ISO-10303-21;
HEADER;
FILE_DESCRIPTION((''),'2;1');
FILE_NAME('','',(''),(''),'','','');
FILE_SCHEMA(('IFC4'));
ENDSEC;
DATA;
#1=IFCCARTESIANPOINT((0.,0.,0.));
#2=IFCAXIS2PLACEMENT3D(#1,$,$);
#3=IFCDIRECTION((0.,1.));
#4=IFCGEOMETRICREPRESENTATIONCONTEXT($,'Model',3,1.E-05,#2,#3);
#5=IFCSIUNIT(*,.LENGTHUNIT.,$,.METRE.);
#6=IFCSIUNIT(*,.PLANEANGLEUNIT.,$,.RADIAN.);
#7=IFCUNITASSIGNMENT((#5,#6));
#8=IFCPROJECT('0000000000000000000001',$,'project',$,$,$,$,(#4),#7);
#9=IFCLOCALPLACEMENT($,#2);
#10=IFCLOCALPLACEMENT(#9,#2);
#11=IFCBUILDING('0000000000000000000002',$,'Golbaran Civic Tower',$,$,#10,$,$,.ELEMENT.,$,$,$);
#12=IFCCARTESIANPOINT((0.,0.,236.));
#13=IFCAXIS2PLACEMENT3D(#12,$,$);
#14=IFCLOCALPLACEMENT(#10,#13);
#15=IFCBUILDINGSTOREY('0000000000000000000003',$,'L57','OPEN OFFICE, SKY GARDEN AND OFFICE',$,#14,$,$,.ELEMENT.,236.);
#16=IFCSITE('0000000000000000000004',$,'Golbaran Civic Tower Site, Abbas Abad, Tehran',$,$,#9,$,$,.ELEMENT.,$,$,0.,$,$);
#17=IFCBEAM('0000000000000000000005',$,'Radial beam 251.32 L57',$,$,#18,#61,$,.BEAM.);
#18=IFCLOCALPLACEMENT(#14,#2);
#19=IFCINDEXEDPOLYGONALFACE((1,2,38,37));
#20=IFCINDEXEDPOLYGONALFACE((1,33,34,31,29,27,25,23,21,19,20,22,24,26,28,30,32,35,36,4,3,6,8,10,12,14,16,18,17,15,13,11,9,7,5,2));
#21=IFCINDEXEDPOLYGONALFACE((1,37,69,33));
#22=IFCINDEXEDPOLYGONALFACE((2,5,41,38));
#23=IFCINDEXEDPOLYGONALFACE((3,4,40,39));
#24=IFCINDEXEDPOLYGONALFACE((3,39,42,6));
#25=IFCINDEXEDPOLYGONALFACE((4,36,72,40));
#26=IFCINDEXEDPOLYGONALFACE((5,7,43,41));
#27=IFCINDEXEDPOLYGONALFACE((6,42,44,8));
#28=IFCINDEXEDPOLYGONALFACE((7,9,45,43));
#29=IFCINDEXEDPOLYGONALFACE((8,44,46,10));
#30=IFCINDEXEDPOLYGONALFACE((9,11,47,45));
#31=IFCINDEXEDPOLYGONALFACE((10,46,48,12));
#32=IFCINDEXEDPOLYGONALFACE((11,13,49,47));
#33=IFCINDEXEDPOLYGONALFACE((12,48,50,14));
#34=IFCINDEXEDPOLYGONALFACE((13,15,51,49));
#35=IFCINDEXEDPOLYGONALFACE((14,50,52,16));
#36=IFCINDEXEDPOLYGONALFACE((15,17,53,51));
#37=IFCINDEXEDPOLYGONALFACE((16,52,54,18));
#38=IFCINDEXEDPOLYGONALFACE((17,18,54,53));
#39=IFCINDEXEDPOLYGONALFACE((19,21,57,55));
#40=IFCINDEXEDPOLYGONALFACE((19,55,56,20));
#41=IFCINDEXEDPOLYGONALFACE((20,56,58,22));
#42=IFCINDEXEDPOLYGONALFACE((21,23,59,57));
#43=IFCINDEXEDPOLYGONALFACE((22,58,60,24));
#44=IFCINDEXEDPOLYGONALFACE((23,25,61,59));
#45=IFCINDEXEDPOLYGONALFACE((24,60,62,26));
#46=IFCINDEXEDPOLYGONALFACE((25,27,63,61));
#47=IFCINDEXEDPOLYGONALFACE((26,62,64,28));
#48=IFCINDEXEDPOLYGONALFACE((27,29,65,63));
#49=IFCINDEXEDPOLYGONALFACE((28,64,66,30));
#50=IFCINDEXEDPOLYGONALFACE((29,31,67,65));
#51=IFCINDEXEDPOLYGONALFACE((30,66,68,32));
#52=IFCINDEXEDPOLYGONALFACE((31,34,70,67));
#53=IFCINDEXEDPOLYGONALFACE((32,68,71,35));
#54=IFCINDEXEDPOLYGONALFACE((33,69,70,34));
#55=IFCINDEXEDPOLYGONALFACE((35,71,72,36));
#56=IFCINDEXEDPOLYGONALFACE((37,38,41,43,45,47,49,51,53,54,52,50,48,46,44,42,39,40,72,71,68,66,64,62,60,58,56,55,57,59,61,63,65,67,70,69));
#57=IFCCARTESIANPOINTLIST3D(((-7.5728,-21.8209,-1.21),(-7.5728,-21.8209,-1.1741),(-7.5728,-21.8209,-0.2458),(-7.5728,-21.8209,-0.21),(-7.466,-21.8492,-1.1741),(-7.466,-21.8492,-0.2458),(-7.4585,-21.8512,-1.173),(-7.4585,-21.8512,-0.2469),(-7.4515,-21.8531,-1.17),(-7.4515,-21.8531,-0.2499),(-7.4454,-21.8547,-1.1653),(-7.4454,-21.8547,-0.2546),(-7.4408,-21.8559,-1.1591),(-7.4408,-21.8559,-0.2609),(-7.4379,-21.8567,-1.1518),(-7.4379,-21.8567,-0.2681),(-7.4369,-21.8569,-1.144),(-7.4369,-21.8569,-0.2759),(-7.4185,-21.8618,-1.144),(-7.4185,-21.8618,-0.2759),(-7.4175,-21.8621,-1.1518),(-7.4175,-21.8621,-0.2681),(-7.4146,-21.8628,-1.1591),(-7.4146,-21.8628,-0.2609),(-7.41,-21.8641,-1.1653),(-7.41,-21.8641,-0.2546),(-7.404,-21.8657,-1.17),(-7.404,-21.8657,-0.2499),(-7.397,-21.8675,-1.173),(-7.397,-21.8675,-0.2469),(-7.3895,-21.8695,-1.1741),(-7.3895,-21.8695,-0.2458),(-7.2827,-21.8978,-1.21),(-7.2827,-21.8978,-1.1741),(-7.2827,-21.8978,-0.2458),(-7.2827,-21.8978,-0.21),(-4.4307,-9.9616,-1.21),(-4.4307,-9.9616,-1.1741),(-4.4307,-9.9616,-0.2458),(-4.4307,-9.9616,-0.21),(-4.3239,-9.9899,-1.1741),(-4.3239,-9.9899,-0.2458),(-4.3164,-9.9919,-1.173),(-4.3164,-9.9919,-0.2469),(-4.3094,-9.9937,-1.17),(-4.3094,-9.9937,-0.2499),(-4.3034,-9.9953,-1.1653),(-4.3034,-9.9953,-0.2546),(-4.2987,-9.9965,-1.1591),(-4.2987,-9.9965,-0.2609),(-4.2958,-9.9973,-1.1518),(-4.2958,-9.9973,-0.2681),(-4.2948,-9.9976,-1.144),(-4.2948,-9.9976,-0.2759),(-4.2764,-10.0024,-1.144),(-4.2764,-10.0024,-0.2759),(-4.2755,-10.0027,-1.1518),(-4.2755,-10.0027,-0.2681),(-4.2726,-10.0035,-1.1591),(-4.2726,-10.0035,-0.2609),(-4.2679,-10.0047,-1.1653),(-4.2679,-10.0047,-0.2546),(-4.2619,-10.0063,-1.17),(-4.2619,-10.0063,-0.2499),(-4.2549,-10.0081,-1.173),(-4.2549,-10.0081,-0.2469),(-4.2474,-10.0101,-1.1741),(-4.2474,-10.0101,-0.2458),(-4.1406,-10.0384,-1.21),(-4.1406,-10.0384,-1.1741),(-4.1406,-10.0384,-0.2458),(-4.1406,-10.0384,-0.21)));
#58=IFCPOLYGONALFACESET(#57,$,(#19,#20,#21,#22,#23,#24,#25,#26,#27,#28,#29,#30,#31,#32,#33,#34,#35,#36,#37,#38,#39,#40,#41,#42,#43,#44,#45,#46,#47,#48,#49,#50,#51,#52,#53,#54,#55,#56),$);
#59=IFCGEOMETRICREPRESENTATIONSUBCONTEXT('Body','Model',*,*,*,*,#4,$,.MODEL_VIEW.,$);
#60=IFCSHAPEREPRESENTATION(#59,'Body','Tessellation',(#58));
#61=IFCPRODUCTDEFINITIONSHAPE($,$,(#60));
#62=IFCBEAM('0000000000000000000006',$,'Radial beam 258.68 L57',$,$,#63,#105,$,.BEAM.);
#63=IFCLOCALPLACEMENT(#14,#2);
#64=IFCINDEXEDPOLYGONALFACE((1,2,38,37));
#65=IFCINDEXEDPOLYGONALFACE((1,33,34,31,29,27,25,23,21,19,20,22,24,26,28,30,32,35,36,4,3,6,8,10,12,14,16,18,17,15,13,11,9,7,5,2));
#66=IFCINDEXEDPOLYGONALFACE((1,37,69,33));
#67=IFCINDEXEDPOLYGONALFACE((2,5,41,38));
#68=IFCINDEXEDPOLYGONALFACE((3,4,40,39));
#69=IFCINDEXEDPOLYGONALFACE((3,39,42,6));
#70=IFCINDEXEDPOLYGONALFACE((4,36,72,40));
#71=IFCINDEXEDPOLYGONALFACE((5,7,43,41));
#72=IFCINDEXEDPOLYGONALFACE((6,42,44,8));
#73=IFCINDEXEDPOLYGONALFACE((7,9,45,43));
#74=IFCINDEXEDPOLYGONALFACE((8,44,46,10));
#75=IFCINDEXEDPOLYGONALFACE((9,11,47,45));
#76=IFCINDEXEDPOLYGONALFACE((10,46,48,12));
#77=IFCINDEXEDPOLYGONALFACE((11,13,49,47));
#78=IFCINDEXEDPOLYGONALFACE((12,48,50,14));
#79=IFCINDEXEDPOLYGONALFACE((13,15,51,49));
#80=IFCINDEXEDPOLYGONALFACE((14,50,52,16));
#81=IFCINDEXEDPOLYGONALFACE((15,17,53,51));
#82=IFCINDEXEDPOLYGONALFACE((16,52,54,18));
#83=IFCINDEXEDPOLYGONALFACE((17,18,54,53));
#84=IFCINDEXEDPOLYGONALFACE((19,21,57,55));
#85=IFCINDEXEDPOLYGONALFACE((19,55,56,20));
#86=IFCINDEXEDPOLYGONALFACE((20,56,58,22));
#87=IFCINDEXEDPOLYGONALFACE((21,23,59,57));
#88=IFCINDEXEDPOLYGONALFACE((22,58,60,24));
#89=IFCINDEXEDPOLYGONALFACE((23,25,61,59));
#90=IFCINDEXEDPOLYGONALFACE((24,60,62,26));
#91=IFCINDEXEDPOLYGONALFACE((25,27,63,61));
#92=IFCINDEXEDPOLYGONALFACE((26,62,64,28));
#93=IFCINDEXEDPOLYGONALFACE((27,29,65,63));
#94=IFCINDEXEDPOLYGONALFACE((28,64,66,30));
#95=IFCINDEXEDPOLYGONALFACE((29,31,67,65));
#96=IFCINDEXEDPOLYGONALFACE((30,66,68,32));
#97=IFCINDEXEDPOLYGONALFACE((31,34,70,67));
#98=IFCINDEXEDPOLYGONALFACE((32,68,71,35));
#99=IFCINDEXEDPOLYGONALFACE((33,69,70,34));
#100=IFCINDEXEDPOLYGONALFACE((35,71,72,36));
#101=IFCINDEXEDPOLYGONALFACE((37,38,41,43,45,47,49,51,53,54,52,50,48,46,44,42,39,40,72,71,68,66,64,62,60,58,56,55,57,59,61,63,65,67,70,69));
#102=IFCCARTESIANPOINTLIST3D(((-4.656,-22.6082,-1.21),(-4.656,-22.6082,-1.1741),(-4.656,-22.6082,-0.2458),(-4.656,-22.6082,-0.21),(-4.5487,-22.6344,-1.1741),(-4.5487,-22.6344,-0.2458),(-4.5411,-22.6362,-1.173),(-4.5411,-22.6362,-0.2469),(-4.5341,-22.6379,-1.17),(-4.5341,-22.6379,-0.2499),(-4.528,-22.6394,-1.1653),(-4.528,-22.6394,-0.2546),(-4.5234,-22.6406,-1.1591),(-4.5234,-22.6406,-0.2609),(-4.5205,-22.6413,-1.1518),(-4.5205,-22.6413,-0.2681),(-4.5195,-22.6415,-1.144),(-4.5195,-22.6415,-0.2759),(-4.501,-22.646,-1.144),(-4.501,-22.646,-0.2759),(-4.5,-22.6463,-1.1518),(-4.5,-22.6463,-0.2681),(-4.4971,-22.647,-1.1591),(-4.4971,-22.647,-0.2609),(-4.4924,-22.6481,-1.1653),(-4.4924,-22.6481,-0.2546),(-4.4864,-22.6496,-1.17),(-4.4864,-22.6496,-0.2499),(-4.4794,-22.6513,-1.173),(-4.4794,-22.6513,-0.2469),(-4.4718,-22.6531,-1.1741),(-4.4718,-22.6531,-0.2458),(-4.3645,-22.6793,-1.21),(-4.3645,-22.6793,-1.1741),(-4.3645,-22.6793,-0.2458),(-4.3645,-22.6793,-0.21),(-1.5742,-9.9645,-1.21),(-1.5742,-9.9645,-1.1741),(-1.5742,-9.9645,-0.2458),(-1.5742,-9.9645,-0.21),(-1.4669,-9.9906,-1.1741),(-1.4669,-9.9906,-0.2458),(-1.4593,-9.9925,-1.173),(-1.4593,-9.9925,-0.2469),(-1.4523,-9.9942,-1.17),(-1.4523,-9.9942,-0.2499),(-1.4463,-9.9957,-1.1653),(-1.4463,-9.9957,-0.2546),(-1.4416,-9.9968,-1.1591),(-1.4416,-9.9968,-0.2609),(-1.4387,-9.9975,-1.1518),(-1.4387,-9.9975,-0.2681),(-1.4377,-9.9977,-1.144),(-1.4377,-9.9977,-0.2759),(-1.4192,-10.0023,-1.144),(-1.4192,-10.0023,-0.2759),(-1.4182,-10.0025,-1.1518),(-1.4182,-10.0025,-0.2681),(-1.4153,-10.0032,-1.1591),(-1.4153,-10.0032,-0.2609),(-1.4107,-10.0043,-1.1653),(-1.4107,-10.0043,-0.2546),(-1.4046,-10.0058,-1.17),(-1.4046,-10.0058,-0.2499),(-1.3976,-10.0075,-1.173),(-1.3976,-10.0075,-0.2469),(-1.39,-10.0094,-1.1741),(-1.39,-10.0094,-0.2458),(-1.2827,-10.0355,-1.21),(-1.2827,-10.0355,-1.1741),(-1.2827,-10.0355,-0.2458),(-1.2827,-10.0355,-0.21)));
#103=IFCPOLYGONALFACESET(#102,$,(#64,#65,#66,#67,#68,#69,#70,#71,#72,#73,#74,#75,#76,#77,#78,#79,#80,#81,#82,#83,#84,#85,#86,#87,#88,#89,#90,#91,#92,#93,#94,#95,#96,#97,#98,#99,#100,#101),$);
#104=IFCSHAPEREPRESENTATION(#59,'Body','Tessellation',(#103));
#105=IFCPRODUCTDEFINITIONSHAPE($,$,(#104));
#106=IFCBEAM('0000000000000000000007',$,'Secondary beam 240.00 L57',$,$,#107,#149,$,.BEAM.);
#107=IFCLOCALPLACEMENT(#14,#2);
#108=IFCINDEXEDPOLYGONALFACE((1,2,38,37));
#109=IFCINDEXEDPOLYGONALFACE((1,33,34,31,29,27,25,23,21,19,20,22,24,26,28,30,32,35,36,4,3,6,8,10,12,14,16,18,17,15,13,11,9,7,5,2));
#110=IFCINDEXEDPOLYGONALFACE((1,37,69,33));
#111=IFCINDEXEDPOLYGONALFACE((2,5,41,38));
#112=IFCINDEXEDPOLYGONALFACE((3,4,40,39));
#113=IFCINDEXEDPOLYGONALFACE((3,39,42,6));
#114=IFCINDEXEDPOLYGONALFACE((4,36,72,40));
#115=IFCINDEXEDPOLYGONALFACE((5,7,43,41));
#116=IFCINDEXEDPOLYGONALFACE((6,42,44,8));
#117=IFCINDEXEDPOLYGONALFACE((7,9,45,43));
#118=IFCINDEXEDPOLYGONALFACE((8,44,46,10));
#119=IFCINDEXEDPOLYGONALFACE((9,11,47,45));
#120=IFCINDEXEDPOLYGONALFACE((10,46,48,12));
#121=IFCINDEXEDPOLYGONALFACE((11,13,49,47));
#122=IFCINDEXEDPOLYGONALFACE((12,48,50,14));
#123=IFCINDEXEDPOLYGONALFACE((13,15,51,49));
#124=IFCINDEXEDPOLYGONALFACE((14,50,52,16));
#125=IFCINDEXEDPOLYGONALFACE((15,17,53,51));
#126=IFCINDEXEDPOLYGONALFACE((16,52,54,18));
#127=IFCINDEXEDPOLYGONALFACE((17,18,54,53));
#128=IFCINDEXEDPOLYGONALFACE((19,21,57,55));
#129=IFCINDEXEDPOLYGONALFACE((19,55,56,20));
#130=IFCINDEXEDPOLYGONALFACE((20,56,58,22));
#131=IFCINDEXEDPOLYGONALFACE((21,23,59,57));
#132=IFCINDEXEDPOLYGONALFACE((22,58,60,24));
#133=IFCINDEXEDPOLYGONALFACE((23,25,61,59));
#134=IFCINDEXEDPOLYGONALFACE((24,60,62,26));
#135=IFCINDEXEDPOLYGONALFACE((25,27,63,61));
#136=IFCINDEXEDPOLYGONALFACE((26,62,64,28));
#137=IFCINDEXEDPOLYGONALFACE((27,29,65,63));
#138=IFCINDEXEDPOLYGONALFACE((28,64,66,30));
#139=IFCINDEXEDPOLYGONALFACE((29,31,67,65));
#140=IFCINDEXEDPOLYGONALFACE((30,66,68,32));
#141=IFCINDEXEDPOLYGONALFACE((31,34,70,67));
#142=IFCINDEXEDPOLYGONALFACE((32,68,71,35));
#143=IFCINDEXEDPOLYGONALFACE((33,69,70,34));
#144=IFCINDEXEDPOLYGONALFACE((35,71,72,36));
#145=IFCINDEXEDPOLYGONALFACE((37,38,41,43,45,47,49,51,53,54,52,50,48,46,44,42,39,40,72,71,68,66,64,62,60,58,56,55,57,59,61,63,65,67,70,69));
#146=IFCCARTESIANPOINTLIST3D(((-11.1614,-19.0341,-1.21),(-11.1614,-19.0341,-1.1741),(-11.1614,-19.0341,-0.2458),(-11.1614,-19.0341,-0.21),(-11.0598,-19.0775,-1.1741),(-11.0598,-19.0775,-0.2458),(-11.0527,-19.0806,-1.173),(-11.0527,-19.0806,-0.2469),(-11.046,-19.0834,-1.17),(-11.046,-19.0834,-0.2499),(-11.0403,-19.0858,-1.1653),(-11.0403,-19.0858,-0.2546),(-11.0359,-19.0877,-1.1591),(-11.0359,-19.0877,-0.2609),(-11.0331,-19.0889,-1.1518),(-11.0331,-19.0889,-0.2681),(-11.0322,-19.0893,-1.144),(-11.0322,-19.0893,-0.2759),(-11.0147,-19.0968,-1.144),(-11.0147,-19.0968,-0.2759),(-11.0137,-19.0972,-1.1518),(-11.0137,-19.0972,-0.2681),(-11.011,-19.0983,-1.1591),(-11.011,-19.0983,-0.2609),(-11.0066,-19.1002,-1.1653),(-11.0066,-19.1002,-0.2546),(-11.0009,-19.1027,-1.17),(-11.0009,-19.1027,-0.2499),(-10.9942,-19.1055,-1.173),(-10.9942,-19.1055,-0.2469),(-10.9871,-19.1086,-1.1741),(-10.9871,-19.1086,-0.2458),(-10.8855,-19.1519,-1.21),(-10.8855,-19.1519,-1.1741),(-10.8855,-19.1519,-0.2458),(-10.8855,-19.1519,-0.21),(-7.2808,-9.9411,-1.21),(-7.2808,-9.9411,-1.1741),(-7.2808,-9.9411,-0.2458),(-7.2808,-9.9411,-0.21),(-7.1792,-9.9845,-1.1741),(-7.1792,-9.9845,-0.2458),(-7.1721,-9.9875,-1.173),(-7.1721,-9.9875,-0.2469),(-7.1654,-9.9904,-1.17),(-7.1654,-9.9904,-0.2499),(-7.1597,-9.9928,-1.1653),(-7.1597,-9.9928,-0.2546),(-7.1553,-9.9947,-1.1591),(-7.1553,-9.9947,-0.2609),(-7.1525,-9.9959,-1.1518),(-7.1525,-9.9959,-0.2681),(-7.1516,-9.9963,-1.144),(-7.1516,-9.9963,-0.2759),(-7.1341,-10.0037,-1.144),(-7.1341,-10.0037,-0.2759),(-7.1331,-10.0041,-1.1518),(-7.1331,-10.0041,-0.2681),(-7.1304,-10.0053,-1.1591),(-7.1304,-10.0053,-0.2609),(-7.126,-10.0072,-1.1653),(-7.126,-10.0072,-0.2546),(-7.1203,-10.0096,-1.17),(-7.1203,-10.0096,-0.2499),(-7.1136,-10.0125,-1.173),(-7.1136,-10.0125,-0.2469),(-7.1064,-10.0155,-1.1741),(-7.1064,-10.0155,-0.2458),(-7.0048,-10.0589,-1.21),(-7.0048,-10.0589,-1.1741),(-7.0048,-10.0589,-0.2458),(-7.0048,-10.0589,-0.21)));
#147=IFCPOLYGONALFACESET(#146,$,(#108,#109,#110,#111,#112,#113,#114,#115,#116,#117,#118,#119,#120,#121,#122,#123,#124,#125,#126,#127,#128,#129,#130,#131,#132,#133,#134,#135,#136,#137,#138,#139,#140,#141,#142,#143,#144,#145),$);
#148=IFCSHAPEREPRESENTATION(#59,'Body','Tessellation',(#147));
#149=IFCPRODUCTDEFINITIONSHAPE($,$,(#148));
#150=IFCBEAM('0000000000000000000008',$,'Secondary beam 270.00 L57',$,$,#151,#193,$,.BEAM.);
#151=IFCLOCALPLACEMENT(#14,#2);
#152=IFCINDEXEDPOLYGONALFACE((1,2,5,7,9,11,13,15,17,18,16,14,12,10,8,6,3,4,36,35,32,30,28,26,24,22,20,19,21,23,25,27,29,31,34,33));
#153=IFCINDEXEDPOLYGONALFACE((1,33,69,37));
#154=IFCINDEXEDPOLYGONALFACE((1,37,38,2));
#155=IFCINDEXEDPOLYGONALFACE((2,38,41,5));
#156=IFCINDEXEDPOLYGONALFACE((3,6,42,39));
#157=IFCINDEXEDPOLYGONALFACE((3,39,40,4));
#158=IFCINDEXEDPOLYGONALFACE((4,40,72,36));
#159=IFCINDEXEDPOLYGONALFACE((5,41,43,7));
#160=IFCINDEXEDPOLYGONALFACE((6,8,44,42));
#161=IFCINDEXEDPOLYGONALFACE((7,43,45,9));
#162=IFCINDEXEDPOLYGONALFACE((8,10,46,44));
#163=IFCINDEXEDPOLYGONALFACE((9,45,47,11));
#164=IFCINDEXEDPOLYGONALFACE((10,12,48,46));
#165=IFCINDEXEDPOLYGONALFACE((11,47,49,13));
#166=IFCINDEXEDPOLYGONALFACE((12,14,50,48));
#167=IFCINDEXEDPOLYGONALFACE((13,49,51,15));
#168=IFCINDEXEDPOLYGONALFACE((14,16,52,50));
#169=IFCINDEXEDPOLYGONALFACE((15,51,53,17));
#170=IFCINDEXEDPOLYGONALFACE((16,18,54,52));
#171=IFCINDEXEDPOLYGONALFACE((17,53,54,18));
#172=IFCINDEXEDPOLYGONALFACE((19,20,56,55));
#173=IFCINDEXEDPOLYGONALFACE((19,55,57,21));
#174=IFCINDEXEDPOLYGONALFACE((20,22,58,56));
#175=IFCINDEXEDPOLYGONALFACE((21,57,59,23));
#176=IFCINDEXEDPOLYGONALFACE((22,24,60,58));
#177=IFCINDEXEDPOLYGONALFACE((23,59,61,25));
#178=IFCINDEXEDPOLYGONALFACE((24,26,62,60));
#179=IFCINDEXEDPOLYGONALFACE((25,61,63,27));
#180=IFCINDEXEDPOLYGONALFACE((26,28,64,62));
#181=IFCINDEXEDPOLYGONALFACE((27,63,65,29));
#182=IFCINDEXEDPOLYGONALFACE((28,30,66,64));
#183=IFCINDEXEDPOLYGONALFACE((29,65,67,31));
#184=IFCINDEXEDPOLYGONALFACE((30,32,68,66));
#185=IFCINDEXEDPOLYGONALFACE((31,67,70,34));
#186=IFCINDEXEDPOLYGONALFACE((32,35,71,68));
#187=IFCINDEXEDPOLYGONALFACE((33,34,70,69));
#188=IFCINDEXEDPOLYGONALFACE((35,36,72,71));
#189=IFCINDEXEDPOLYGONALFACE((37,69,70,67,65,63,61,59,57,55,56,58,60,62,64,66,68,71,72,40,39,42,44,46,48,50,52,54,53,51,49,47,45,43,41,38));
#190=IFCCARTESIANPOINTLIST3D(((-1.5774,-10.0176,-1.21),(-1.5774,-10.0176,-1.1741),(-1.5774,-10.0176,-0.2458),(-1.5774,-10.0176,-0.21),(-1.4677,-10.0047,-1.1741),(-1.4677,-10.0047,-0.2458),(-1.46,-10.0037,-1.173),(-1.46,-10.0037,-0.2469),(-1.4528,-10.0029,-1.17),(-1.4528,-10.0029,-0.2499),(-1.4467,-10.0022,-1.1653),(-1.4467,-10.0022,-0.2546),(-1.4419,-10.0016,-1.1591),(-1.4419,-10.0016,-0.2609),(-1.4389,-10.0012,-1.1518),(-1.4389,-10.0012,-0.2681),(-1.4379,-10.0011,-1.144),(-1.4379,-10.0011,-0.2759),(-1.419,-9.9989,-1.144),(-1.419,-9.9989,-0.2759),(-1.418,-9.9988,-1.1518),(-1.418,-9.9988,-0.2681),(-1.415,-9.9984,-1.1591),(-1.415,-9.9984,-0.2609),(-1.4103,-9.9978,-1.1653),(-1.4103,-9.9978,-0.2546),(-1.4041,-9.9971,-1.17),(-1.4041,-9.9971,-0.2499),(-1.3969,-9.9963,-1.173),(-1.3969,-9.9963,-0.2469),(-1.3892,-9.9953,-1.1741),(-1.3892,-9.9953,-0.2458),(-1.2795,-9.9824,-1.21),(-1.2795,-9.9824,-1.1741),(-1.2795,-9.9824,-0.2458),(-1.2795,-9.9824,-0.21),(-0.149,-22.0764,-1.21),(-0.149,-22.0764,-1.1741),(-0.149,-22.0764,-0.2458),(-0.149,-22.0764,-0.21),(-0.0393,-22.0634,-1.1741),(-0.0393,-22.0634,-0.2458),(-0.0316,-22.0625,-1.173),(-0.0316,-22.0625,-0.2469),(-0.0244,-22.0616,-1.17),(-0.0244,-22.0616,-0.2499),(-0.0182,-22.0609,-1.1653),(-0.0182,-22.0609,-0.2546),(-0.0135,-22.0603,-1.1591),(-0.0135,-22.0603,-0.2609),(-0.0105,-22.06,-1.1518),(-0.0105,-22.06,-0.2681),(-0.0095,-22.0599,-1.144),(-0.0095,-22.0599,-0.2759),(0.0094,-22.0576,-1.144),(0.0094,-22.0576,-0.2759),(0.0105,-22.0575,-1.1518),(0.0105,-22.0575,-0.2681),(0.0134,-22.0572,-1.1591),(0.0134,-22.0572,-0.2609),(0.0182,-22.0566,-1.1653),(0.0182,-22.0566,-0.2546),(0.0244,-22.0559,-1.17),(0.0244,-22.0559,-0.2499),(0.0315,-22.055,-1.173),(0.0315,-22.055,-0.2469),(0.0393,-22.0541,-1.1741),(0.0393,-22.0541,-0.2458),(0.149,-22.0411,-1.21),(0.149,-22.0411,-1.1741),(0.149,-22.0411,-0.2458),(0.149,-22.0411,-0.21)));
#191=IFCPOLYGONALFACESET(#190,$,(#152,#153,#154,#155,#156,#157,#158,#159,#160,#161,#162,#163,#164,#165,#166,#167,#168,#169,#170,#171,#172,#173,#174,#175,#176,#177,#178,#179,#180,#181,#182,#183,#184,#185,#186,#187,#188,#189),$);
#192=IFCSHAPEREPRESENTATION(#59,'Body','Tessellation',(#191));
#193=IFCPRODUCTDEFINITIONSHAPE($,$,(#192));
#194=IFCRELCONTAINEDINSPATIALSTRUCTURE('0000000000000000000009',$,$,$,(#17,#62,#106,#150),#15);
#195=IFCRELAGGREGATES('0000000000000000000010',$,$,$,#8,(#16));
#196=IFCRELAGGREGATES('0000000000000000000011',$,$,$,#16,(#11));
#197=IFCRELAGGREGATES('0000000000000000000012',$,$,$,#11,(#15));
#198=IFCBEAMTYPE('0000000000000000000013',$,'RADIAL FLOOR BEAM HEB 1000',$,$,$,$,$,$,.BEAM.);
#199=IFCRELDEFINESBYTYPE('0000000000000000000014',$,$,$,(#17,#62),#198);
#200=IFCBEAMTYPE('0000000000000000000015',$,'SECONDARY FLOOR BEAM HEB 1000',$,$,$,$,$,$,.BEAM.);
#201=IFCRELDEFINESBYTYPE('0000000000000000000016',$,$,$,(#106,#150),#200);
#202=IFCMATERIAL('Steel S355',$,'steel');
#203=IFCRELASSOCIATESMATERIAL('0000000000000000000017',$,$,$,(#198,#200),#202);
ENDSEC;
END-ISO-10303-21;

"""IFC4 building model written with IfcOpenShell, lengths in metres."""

from ifc_helpers import new_model, si_unit, direction, frame, origin, origin_2d, place, context, subcontext, project, spatial, i_section, extrude, material, material_profile, profile_set, type_object, element, save


model = new_model("IFC4")

# Units and contexts
model_context = context("Model", 3, precision=1e-05, world=origin(), true_north=direction((0.0, 1.0)))
body_context = subcontext(model_context, "Body", "Model", "MODEL_VIEW")
ifc_project = project(units=[si_unit("LENGTHUNIT", "METRE"), si_unit("PLANEANGLEUNIT", "RADIAN")], contexts=[model_context])

# Site, building, storey
site_placement = place(None, origin())
site = spatial("IfcSite", under=ifc_project, at=site_placement, Name="Golbaran Civic Tower Site, Abbas Abad, Tehran", CompositionType="ELEMENT", RefElevation=0.0)
building_placement = place(site_placement, origin())
building = spatial("IfcBuilding", under=site, at=building_placement, Name="Golbaran Civic Tower", CompositionType="ELEMENT")
storey_placement = place(building_placement, frame((0.0, 0.0, 236.0)))
storey = spatial("IfcBuildingStorey", under=building, at=storey_placement, Name="L57", Description="OPEN OFFICE, SKY GARDEN AND OFFICE", CompositionType="ELEMENT", Elevation=236.0)

# Beams
ifc_material_1 = material(Name="Steel S355", Category="steel")
ifc_material_profile_1 = material_profile(ifc_material_1, i_section(OverallWidth=0.3, OverallDepth=1.0, WebThickness=0.019, FlangeThickness=0.0359, FilletRadius=0.03, at=origin_2d()), Name="HEB 1000")
ifc_profile_set_1 = profile_set([ifc_material_profile_1], Name="Steel S355")
beam_type_1 = type_object("IfcBeamType", Name="RADIAL FLOOR BEAM HEB 1000", PredefinedType="BEAM", material=ifc_profile_set_1)
beam_1_placement = place(storey_placement, frame((-4.2856, -10.0, -0.71), z_axis=(-0.256109, -0.966648, 0.0), x_axis=(0.966648, -0.256109, 0.0)))
element("IfcBeam", 1, at=beam_1_placement, inside=storey, type_object=beam_type_1, Name="Radial beam 251.32 L57", PredefinedType="BEAM", context=body_context, shape_type="SweptSolid", body=[
    extrude(i_section(OverallWidth=0.3, OverallDepth=1.0, WebThickness=0.019, FlangeThickness=0.0359, FilletRadius=0.03, at=origin_2d()), origin(), (0.0, 0.0, 1.0), 12.2686),
])
beam_2_placement = place(storey_placement, frame((-1.4285, -10.0, -0.71), z_axis=(-0.236806, -0.971557, 0.0), x_axis=(0.971557, -0.236806, 0.0)))
element("IfcBeam", 2, at=beam_2_placement, inside=storey, type_object=beam_type_1, Name="Radial beam 258.68 L57", PredefinedType="BEAM", context=body_context, shape_type="SweptSolid", body=[
    extrude(i_section(OverallWidth=0.3, OverallDepth=1.0, WebThickness=0.019, FlangeThickness=0.0359, FilletRadius=0.03, at=origin_2d()), origin(), (0.0, 0.0, 1.0), 13.0139),
])
ifc_material_profile_2 = material_profile(ifc_material_1, i_section(OverallWidth=0.3, OverallDepth=1.0, WebThickness=0.019, FlangeThickness=0.0359, FilletRadius=0.03, at=origin_2d()), Name="HEB 1000")
ifc_profile_set_2 = profile_set([ifc_material_profile_2], Name="Steel S355")
beam_type_2 = type_object("IfcBeamType", Name="SECONDARY FLOOR BEAM HEB 1000", PredefinedType="BEAM", material=ifc_profile_set_2)
beam_3_placement = place(storey_placement, frame((-7.1428, -10.0, -0.71), z_axis=(-0.392518, -0.919744, 0.0), x_axis=(0.919744, -0.392518, 0.0)))
element("IfcBeam", 3, at=beam_3_placement, inside=storey, type_object=beam_type_2, Name="Secondary beam 240.00 L57", PredefinedType="BEAM", context=body_context, shape_type="SweptSolid", body=[
    extrude(i_section(OverallWidth=0.3, OverallDepth=1.0, WebThickness=0.019, FlangeThickness=0.0359, FilletRadius=0.03, at=origin_2d()), origin(), (0.0, 0.0, 1.0), 9.8865),
])
beam_4_placement = place(storey_placement, frame((-1.4285, -10.0, -0.71), z_axis=(0.117636, -0.993057, 0.0), x_axis=(0.993057, 0.117636, 0.0)))
element("IfcBeam", 4, at=beam_4_placement, inside=storey, type_object=beam_type_2, Name="Secondary beam 270.00 L57", PredefinedType="BEAM", context=body_context, shape_type="SweptSolid", body=[
    extrude(i_section(OverallWidth=0.3, OverallDepth=1.0, WebThickness=0.019, FlangeThickness=0.0359, FilletRadius=0.03, at=origin_2d()), origin(), (0.0, 0.0, 1.0), 12.1431),
])

save(model, "model.ifc")
